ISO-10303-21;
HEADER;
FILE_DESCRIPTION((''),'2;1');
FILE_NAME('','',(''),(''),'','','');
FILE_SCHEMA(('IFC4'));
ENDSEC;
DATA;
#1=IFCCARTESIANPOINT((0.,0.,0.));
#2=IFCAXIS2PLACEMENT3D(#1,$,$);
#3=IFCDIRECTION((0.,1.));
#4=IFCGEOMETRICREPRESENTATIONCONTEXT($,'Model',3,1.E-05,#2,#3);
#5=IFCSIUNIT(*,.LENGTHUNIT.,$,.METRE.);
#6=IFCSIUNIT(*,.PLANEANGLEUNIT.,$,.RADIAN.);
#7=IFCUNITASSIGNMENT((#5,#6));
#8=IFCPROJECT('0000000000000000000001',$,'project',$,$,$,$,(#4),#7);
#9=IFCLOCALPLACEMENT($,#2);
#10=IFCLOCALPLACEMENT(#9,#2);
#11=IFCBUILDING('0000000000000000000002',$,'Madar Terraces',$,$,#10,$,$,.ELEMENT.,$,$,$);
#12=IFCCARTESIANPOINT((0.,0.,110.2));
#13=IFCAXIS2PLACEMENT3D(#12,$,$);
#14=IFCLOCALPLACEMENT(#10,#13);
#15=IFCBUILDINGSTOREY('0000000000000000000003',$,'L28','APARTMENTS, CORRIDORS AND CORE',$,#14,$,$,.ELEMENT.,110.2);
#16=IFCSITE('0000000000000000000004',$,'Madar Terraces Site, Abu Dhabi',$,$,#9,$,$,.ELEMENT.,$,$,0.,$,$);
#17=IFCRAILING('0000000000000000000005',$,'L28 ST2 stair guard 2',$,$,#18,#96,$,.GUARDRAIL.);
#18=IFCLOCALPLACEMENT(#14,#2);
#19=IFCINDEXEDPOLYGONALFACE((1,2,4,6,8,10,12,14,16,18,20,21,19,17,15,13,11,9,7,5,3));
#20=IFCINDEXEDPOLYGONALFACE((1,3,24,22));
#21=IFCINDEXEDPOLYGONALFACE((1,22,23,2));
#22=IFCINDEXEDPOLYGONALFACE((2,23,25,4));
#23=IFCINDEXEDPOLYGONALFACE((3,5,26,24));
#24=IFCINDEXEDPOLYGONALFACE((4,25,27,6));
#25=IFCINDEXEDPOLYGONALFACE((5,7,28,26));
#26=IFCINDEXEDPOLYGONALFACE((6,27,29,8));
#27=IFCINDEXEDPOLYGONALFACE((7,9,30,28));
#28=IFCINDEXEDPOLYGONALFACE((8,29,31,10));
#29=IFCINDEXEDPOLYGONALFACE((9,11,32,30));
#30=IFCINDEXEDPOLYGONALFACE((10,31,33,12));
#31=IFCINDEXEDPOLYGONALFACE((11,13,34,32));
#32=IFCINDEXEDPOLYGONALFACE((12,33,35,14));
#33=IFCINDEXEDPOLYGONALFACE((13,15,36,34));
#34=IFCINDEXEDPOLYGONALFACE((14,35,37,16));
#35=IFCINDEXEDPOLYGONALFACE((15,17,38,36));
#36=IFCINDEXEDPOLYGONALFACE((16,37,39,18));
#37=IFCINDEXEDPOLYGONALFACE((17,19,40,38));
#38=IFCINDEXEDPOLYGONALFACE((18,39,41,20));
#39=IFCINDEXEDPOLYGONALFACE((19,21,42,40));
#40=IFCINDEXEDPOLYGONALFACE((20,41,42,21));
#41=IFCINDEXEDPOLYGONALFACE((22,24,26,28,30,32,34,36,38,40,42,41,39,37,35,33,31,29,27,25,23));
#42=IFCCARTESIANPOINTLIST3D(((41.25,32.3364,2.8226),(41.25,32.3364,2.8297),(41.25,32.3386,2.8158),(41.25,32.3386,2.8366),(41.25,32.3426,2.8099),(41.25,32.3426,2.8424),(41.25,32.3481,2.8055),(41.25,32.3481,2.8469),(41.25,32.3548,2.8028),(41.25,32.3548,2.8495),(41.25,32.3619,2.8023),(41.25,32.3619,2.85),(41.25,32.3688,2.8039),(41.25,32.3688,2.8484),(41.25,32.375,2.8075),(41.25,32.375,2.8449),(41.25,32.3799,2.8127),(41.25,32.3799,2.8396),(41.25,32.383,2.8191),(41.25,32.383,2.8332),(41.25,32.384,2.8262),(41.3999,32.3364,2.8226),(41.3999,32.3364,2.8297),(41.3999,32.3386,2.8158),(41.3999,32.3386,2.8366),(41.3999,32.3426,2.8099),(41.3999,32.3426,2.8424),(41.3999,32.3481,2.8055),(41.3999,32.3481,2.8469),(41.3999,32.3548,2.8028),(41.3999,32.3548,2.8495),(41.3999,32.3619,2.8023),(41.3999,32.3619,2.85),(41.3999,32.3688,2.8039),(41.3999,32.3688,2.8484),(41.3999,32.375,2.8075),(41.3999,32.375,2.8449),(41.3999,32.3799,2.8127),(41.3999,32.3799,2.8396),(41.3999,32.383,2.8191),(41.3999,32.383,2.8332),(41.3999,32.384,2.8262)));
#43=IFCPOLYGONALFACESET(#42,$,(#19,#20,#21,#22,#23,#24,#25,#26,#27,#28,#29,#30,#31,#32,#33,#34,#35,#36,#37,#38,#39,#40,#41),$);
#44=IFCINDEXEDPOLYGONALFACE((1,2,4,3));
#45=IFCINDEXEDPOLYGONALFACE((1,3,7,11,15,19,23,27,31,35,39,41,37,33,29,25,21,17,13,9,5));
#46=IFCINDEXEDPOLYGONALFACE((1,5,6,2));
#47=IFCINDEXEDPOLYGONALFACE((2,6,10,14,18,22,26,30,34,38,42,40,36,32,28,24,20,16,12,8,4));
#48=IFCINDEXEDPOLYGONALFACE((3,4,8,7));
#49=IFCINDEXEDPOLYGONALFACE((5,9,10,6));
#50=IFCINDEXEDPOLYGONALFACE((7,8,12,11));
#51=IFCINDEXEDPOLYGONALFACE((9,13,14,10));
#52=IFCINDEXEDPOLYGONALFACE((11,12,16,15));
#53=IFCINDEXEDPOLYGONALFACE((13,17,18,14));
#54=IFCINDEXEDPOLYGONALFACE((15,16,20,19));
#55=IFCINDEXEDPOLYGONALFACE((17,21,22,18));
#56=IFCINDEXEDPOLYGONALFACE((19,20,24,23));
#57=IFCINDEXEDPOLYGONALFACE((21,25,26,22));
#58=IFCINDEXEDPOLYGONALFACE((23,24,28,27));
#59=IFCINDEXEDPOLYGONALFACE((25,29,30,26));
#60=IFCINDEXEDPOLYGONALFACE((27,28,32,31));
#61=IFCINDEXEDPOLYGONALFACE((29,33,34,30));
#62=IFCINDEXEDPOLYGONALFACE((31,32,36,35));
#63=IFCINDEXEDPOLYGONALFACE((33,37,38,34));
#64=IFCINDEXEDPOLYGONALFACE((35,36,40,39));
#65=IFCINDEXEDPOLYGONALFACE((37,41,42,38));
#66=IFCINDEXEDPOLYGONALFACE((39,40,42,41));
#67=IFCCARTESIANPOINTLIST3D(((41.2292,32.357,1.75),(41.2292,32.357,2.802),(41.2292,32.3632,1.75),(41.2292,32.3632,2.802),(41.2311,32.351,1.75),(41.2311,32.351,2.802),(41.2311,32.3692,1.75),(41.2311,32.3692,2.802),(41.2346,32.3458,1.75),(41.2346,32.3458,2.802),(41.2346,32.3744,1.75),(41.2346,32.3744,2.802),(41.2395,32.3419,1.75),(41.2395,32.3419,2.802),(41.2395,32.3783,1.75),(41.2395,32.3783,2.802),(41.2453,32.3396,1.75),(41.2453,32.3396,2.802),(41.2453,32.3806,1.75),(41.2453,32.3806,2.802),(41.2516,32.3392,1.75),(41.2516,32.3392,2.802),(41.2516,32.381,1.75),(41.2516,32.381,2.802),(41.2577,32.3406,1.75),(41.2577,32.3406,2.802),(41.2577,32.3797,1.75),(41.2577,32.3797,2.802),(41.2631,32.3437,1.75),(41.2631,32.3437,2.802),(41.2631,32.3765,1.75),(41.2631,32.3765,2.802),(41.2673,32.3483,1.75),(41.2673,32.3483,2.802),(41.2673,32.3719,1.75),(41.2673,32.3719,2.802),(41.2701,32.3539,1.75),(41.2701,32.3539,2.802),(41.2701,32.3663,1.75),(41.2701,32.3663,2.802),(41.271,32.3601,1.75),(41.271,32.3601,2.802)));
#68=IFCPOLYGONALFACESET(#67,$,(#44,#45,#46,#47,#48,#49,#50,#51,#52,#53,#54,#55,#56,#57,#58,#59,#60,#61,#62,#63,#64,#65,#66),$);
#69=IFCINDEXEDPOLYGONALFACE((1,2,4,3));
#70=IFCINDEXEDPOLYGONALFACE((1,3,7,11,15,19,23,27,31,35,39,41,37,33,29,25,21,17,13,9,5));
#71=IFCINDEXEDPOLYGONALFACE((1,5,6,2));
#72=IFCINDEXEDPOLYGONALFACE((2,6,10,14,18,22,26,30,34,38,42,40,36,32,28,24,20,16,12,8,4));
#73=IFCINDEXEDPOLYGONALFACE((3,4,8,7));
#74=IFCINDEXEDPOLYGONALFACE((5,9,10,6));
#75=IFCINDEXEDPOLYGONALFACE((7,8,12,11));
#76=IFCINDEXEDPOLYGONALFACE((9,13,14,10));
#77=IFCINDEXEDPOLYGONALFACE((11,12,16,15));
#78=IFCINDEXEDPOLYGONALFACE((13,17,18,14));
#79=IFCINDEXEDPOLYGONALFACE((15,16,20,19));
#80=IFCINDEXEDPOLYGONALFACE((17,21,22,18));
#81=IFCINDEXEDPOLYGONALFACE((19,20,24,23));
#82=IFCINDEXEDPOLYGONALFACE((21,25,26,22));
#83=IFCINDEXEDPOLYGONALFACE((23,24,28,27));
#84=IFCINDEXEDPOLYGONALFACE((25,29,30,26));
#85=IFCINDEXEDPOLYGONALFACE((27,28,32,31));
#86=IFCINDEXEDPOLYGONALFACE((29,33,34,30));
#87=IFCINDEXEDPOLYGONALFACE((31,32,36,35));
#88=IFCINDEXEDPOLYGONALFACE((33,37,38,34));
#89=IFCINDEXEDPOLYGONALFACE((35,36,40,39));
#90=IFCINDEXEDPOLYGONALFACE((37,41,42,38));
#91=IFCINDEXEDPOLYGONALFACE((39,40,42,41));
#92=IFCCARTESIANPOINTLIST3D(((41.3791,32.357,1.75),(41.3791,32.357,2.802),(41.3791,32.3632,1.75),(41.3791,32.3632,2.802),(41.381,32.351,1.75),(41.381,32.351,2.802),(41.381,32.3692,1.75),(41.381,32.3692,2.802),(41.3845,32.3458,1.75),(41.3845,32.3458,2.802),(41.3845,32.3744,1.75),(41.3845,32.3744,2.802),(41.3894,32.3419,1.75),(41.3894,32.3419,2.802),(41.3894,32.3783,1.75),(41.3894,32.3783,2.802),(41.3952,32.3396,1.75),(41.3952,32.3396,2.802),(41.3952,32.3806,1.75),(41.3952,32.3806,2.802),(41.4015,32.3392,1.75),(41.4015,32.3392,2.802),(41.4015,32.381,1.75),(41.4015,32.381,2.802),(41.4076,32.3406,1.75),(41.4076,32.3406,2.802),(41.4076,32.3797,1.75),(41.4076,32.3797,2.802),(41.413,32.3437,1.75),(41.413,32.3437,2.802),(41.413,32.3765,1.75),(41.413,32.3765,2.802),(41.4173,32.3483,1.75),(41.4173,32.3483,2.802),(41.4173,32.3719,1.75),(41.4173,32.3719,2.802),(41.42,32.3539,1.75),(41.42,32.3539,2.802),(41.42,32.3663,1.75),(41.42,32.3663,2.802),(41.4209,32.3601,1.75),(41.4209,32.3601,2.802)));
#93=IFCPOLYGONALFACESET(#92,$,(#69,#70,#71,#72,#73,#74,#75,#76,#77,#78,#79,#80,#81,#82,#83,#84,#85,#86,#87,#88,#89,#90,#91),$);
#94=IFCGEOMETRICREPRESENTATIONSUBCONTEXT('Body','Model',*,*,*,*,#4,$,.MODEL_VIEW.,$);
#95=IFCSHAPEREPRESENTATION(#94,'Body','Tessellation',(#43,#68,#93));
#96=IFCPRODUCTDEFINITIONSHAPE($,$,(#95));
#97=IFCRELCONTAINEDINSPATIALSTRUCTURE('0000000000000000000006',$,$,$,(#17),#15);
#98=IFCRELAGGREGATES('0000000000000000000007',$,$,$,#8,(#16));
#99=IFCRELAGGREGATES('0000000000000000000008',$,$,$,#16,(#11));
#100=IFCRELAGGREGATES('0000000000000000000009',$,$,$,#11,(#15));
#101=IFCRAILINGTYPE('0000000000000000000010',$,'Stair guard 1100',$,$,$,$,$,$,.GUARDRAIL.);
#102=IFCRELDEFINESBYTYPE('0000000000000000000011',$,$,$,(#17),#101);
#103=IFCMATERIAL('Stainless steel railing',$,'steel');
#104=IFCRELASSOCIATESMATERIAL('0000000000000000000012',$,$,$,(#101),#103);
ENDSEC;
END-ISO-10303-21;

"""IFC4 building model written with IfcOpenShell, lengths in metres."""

from ifc_helpers import new_model, si_unit, direction, frame, origin, origin_2d, place, context, subcontext, project, spatial, circle, extrude, material, type_object, element, save


model = new_model("IFC4")

# Units and contexts
model_context = context("Model", 3, precision=1e-05, world=origin(), true_north=direction((0.0, 1.0)))
body_context = subcontext(model_context, "Body", "Model", "MODEL_VIEW")
ifc_project = project(units=[si_unit("LENGTHUNIT", "METRE"), si_unit("PLANEANGLEUNIT", "RADIAN")], contexts=[model_context])

# Site, building, storey
site_placement = place(None, origin())
site = spatial("IfcSite", under=ifc_project, at=site_placement, Name="Madar Terraces Site, Abu Dhabi", CompositionType="ELEMENT", RefElevation=0.0)
building_placement = place(site_placement, origin())
building = spatial("IfcBuilding", under=site, at=building_placement, Name="Madar Terraces", CompositionType="ELEMENT")
storey_placement = place(building_placement, frame((0.0, 0.0, 110.2)))
storey = spatial("IfcBuildingStorey", under=building, at=storey_placement, Name="L28", Description="APARTMENTS, CORRIDORS AND CORE", CompositionType="ELEMENT", Elevation=110.2)

# Railing
ifc_material_1 = material(Name="Stainless steel railing", Category="steel")
railing_type_1 = type_object("IfcRailingType", Name="Stair guard 1100", PredefinedType="GUARDRAIL", material=ifc_material_1)
railing_1_placement = place(storey_placement, frame((41.25, 32.3601, 1.75)))
element("IfcRailing", 1, at=railing_1_placement, inside=storey, type_object=railing_type_1, Name="L28 ST2 stair guard 2", PredefinedType="GUARDRAIL", context=body_context, shape_type="SweptSolid", body=[
    extrude(circle(Radius=0.0239, at=origin_2d()), frame((0.0, 0.0, 1.0762), z_axis=(1.0, 0.0, 0.0), x_axis=(0.0, 1.0, 0.0)), (0.0, 0.0, 1.0), 0.1499),
    extrude(circle(Radius=0.021, at=origin_2d()), origin(), (0.0, 0.0, 1.0), 1.052),
    extrude(circle(Radius=0.021, at=origin_2d()), frame((0.1499, 0.0, 0.0)), (0.0, 0.0, 1.0), 1.052),
])

save(model, "model.ifc")
